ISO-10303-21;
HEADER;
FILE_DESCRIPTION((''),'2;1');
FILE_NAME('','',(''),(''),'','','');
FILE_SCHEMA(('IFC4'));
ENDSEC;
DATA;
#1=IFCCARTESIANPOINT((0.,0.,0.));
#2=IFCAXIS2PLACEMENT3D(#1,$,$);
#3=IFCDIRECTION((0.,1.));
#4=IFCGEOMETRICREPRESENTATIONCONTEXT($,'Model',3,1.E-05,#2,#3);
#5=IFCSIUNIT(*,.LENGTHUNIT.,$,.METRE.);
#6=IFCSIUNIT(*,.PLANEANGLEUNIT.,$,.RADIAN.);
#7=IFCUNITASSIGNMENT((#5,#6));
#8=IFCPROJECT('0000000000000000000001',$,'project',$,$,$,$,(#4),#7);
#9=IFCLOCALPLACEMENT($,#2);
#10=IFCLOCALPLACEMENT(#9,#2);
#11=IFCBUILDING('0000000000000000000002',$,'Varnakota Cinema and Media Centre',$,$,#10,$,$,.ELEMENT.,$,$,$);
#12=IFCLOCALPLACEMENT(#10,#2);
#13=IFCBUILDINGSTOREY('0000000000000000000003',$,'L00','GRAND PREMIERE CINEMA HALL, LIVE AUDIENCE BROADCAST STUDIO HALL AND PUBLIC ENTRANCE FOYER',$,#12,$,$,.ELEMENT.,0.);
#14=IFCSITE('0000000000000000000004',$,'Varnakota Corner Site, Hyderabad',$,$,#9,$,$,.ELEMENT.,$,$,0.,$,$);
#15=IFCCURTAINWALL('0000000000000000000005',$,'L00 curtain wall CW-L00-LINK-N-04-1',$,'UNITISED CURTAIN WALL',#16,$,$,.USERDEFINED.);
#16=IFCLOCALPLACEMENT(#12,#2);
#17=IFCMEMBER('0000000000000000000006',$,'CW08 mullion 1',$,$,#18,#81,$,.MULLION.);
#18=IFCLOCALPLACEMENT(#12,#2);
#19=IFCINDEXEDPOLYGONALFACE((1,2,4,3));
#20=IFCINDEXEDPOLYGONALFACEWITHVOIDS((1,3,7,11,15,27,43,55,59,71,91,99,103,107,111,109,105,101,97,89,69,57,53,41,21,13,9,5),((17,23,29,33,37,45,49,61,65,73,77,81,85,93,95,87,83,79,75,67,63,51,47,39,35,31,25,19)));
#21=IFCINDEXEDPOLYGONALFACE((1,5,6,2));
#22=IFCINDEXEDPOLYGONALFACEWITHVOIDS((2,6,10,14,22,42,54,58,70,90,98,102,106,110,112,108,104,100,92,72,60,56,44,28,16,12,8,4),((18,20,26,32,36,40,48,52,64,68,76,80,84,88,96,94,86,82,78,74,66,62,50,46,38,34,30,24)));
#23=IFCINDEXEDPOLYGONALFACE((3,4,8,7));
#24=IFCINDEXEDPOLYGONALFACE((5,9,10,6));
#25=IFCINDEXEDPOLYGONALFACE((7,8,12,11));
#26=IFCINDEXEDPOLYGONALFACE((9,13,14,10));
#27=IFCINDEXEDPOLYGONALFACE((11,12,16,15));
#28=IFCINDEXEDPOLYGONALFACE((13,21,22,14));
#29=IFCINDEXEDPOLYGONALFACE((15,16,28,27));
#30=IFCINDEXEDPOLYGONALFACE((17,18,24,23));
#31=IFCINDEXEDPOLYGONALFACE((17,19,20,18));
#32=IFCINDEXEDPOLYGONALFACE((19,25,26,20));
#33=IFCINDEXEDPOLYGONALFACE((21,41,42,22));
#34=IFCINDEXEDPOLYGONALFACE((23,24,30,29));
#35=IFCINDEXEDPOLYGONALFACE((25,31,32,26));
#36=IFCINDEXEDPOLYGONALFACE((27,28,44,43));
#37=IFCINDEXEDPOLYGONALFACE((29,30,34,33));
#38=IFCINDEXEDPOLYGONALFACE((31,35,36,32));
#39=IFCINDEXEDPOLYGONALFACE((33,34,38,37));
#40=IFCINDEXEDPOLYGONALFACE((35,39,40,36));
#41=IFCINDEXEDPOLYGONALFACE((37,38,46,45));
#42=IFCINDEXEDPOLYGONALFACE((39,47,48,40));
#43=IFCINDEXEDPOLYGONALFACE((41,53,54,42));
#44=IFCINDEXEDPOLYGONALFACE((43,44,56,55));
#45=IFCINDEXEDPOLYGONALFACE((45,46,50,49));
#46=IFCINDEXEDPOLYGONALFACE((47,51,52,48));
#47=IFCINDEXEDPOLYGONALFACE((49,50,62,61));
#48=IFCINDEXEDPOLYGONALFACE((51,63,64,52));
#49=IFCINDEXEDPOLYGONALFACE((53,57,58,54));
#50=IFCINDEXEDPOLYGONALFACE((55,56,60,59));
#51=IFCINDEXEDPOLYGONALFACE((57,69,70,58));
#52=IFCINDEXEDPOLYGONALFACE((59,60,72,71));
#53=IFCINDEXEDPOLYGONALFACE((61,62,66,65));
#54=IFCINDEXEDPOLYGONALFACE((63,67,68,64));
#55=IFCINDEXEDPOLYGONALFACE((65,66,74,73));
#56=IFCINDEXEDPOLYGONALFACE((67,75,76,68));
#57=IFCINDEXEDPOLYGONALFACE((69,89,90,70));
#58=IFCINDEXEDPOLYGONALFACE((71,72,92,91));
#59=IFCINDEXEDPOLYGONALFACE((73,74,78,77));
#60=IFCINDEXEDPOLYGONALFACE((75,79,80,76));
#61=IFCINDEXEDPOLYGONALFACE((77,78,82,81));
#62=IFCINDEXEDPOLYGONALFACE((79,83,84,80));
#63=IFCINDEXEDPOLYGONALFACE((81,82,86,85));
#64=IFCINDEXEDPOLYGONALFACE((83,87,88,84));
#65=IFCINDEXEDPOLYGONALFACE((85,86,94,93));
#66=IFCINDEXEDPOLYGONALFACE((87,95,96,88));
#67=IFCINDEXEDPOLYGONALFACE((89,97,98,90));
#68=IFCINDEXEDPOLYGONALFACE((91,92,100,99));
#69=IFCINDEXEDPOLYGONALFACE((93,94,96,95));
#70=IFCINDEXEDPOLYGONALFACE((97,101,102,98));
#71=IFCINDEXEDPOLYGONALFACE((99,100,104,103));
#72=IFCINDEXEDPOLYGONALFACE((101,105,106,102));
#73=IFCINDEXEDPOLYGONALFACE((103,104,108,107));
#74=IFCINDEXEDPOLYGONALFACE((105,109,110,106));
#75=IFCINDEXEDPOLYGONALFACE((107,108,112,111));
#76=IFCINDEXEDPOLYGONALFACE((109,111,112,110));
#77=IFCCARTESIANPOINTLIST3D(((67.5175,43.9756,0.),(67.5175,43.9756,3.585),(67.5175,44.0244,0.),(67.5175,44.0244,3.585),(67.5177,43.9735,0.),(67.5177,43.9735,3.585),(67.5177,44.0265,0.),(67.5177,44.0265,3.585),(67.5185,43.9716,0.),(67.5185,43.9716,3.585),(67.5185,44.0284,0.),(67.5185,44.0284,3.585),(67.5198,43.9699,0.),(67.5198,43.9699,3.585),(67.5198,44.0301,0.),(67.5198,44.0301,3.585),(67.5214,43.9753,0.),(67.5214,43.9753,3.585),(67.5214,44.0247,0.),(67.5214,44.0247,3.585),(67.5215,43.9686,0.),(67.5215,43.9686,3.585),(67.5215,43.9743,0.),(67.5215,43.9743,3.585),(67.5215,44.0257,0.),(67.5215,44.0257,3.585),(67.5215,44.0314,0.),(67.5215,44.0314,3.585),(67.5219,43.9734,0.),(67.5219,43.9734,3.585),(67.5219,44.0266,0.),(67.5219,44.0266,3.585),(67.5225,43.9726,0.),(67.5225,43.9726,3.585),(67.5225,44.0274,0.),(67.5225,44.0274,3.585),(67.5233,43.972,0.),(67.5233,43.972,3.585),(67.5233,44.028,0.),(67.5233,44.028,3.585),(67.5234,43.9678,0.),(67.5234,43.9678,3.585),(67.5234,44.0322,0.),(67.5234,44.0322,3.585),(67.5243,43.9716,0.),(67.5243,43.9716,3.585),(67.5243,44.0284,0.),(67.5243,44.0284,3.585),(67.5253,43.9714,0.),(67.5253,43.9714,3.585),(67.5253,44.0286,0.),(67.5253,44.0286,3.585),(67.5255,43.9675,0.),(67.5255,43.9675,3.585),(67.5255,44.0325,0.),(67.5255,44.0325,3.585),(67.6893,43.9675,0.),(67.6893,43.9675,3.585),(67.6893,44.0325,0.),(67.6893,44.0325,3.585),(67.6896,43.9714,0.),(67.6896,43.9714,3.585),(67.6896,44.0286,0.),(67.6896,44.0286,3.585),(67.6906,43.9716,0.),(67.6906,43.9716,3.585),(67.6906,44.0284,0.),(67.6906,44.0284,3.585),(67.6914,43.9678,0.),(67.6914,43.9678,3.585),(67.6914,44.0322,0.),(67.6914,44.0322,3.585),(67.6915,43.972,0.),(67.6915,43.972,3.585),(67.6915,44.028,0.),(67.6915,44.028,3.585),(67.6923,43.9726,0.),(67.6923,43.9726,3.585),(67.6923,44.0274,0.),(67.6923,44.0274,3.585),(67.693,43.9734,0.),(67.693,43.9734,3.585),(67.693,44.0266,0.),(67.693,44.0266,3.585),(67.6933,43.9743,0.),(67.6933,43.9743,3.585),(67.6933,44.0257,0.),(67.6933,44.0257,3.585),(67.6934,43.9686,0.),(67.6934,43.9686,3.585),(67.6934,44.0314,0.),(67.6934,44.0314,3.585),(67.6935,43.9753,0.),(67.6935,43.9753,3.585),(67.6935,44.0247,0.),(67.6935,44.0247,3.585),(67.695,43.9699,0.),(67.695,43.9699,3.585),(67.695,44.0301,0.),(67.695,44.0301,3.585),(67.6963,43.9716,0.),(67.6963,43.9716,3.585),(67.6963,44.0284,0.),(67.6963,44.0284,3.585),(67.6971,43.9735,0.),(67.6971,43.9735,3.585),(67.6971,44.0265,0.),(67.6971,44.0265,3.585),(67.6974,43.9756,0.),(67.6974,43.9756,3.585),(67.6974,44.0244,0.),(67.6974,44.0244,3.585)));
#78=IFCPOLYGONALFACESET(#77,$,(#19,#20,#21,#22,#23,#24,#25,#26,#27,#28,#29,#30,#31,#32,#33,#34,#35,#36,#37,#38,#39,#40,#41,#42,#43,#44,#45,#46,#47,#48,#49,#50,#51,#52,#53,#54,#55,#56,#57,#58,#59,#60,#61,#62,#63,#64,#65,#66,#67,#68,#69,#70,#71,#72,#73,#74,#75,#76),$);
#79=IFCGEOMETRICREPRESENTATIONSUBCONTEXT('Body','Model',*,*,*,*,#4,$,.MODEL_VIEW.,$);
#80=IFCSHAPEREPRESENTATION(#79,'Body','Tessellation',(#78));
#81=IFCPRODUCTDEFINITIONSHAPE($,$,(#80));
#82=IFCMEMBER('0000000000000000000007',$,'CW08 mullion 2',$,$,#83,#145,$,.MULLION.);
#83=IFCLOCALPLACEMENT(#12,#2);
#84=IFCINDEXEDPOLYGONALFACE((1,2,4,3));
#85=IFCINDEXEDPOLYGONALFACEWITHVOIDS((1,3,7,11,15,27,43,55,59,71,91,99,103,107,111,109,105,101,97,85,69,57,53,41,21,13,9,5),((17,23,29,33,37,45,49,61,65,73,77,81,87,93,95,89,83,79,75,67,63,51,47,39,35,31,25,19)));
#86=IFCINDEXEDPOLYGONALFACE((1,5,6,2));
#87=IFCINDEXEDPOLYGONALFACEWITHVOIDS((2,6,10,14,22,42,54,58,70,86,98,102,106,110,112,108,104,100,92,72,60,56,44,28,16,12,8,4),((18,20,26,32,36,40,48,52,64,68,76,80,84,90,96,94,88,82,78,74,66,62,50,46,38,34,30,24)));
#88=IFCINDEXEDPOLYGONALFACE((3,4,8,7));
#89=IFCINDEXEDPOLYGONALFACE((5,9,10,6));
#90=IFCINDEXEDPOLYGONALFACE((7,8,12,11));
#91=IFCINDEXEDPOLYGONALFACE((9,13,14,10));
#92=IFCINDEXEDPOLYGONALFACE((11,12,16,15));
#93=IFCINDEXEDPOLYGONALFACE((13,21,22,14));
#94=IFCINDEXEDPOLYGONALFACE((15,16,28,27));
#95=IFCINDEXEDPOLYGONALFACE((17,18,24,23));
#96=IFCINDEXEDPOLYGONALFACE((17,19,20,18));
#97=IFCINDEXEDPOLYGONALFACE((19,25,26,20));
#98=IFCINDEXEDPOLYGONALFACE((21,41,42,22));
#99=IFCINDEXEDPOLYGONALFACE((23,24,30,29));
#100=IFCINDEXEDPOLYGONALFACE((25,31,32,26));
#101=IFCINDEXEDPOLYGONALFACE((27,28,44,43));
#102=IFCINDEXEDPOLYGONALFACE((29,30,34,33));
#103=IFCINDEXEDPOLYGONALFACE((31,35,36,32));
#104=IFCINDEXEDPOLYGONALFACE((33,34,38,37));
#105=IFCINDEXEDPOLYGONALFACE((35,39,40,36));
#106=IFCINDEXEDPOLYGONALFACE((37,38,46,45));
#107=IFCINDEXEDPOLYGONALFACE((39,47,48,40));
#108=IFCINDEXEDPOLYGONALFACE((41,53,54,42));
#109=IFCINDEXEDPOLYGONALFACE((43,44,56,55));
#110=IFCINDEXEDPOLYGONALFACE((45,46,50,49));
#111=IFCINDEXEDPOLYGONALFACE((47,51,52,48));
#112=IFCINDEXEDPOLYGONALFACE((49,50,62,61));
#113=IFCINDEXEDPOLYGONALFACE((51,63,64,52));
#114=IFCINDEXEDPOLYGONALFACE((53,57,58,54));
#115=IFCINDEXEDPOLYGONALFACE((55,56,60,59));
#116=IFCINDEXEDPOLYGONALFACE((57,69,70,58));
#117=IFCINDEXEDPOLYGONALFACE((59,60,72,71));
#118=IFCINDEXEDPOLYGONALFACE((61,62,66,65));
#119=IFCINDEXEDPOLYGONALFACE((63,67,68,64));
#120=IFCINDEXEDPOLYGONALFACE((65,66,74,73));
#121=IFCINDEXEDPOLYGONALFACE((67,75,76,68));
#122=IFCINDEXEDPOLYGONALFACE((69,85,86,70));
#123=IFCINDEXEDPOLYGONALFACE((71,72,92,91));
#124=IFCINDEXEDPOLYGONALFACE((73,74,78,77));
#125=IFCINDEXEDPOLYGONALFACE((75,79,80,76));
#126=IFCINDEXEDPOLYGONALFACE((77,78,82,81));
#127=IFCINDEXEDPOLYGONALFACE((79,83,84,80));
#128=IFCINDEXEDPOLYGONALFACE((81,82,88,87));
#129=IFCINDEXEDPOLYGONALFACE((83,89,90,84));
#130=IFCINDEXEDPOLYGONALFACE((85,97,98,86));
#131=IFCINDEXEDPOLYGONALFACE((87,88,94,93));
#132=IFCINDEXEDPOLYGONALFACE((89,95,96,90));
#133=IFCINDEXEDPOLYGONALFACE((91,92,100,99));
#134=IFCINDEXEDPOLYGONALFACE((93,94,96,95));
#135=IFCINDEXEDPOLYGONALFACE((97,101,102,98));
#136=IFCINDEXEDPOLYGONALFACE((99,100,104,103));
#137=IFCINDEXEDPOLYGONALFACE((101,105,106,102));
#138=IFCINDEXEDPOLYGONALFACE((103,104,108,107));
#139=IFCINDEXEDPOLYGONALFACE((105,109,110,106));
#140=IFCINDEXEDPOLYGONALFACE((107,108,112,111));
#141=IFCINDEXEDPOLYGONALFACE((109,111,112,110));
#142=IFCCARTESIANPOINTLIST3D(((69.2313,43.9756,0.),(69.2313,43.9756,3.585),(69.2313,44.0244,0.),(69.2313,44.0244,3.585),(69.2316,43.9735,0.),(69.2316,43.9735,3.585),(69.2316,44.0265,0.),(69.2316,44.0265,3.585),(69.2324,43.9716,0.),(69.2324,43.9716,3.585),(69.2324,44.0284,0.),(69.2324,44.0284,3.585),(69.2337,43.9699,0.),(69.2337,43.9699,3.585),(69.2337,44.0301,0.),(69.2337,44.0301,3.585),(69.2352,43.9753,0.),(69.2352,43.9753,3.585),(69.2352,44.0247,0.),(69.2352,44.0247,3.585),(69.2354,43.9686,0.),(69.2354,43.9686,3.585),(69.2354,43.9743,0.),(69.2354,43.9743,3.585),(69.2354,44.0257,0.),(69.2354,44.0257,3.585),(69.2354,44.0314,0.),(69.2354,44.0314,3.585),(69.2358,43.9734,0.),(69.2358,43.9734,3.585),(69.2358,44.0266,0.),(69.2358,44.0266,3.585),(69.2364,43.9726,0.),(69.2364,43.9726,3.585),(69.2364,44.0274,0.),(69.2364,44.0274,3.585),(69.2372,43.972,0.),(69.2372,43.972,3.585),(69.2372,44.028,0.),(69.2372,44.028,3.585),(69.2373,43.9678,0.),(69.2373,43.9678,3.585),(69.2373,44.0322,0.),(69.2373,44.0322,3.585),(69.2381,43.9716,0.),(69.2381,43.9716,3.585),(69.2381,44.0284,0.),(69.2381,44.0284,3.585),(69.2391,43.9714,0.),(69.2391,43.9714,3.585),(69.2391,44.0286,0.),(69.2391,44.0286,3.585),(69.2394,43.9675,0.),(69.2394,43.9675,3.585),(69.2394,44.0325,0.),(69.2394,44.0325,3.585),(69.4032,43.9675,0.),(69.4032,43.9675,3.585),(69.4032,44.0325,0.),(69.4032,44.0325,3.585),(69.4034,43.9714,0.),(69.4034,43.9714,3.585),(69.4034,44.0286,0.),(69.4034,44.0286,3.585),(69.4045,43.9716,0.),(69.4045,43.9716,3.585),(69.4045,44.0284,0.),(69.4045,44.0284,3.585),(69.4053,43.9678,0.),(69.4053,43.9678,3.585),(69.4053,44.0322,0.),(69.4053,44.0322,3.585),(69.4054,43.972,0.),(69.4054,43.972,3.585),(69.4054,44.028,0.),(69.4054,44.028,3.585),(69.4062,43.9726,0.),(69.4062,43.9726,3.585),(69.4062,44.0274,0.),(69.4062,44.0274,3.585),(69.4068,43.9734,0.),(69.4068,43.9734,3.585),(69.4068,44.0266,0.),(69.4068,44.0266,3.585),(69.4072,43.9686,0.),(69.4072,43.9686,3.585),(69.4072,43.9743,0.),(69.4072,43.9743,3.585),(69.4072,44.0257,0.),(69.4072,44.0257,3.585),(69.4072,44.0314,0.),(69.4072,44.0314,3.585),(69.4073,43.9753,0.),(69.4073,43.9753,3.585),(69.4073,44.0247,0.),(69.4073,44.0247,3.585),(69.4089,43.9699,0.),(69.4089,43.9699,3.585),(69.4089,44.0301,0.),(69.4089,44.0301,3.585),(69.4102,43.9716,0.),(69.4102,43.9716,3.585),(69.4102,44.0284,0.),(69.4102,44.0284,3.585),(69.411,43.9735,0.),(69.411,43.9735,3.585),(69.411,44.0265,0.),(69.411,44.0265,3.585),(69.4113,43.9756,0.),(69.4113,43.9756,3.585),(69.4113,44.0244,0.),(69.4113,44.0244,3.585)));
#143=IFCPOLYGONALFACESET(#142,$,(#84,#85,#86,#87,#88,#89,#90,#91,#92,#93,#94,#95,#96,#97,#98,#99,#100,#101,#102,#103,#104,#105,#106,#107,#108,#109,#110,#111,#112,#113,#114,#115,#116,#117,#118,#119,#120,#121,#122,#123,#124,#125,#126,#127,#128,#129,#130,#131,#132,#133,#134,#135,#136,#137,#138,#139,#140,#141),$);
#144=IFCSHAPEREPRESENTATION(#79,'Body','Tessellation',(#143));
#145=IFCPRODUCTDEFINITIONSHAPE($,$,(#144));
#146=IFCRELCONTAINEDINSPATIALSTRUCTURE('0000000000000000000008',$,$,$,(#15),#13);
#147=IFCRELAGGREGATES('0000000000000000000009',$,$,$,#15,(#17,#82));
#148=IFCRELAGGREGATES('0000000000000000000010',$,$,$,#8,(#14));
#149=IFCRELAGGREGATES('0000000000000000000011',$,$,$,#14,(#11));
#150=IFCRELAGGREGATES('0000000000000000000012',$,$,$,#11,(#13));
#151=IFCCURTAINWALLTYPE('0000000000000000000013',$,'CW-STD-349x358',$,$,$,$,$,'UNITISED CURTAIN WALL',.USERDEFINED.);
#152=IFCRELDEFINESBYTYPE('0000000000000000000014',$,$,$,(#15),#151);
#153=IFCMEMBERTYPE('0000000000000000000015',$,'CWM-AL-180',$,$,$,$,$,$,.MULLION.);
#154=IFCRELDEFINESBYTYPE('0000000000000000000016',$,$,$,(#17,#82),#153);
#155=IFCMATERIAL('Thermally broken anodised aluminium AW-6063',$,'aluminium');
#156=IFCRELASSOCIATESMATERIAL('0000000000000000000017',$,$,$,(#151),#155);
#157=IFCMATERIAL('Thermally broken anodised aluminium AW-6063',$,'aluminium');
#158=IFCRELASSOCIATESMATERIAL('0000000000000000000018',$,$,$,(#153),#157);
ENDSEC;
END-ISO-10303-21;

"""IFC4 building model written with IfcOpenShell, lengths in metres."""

from ifc_helpers import new_model, si_unit, direction, frame, origin, origin_2d, place, context, subcontext, project, spatial, hollow_rectangle, extrude, material, material_profile, profile_set, type_object, element, aggregate, save


model = new_model("IFC4")

# Units and contexts
model_context = context("Model", 3, precision=1e-05, world=origin(), true_north=direction((0.0, 1.0)))
body_context = subcontext(model_context, "Body", "Model", "MODEL_VIEW")
ifc_project = project(units=[si_unit("LENGTHUNIT", "METRE"), si_unit("PLANEANGLEUNIT", "RADIAN")], contexts=[model_context])

# Site, building, storey
site_placement = place(None, origin())
site = spatial("IfcSite", under=ifc_project, at=site_placement, Name="Varnakota Corner Site, Hyderabad", CompositionType="ELEMENT", RefElevation=0.0)
building_placement = place(site_placement, origin())
building = spatial("IfcBuilding", under=site, at=building_placement, Name="Varnakota Cinema and Media Centre", CompositionType="ELEMENT")
storey_placement = place(building_placement, origin())
storey = spatial("IfcBuildingStorey", under=building, at=storey_placement, Name="L00", Description="GRAND PREMIERE CINEMA HALL, LIVE AUDIENCE BROADCAST STUDIO HALL AND PUBLIC ENTRANCE FOYER", CompositionType="ELEMENT", Elevation=0.0)

# Curtain wall, members
ifc_material_1 = material(Name="Thermally broken anodised aluminium AW-6063", Category="aluminium")
curtain_wall_type = type_object("IfcCurtainWallType", Name="CW-STD-349x358", ElementType="UNITISED CURTAIN WALL", PredefinedType="USERDEFINED", material=ifc_material_1)
ifc_material_2 = material(Name="Thermally broken anodised aluminium AW-6063", Category="aluminium")
ifc_material_profile_1 = material_profile(ifc_material_2, hollow_rectangle(XDim=0.0649, YDim=0.1799, WallThickness=0.0039, InnerFilletRadius=0.0039, OuterFilletRadius=0.0081, at=origin_2d()), Name="AL-MULLION 180x65x4")
ifc_profile_set_1 = profile_set([ifc_material_profile_1], Name="Thermally broken anodised aluminium AW-6063")
member_type_1 = type_object("IfcMemberType", Name="CWM-AL-180", PredefinedType="MULLION", material=ifc_profile_set_1)
curtain_wall_1_placement = place(storey_placement, origin())
curtain_wall_1 = element("IfcCurtainWall", 1, at=curtain_wall_1_placement, inside=storey, type_object=curtain_wall_type, Name="L00 curtain wall CW-L00-LINK-N-04-1", ObjectType="UNITISED CURTAIN WALL", PredefinedType="USERDEFINED")
member_1_placement = place(storey_placement, frame((67.6074, 44.0, 0.0), z_axis=(0.0, 0.0, 1.0), x_axis=(0.0, 1.0, 0.0)))
member_1 = element("IfcMember", 2, at=member_1_placement, type_object=member_type_1, Name="CW08 mullion 1", PredefinedType="MULLION", context=body_context, shape_type="SweptSolid", body=[
    extrude(hollow_rectangle(XDim=0.0649, YDim=0.1799, WallThickness=0.0039, InnerFilletRadius=0.0039, OuterFilletRadius=0.0081, at=origin_2d()), origin(), (0.0, 0.0, 1.0), 3.585),
])
member_2_placement = place(storey_placement, frame((69.3213, 44.0, 0.0), z_axis=(0.0, 0.0, 1.0), x_axis=(0.0, 1.0, 0.0)))
member_2 = element("IfcMember", 3, at=member_2_placement, type_object=member_type_1, Name="CW08 mullion 2", PredefinedType="MULLION", context=body_context, shape_type="SweptSolid", body=[
    extrude(hollow_rectangle(XDim=0.0649, YDim=0.1799, WallThickness=0.0039, InnerFilletRadius=0.0039, OuterFilletRadius=0.0081, at=origin_2d()), origin(), (0.0, 0.0, 1.0), 3.585),
])

aggregate(curtain_wall_1, [member_1, member_2])

save(model, "model.ifc")
